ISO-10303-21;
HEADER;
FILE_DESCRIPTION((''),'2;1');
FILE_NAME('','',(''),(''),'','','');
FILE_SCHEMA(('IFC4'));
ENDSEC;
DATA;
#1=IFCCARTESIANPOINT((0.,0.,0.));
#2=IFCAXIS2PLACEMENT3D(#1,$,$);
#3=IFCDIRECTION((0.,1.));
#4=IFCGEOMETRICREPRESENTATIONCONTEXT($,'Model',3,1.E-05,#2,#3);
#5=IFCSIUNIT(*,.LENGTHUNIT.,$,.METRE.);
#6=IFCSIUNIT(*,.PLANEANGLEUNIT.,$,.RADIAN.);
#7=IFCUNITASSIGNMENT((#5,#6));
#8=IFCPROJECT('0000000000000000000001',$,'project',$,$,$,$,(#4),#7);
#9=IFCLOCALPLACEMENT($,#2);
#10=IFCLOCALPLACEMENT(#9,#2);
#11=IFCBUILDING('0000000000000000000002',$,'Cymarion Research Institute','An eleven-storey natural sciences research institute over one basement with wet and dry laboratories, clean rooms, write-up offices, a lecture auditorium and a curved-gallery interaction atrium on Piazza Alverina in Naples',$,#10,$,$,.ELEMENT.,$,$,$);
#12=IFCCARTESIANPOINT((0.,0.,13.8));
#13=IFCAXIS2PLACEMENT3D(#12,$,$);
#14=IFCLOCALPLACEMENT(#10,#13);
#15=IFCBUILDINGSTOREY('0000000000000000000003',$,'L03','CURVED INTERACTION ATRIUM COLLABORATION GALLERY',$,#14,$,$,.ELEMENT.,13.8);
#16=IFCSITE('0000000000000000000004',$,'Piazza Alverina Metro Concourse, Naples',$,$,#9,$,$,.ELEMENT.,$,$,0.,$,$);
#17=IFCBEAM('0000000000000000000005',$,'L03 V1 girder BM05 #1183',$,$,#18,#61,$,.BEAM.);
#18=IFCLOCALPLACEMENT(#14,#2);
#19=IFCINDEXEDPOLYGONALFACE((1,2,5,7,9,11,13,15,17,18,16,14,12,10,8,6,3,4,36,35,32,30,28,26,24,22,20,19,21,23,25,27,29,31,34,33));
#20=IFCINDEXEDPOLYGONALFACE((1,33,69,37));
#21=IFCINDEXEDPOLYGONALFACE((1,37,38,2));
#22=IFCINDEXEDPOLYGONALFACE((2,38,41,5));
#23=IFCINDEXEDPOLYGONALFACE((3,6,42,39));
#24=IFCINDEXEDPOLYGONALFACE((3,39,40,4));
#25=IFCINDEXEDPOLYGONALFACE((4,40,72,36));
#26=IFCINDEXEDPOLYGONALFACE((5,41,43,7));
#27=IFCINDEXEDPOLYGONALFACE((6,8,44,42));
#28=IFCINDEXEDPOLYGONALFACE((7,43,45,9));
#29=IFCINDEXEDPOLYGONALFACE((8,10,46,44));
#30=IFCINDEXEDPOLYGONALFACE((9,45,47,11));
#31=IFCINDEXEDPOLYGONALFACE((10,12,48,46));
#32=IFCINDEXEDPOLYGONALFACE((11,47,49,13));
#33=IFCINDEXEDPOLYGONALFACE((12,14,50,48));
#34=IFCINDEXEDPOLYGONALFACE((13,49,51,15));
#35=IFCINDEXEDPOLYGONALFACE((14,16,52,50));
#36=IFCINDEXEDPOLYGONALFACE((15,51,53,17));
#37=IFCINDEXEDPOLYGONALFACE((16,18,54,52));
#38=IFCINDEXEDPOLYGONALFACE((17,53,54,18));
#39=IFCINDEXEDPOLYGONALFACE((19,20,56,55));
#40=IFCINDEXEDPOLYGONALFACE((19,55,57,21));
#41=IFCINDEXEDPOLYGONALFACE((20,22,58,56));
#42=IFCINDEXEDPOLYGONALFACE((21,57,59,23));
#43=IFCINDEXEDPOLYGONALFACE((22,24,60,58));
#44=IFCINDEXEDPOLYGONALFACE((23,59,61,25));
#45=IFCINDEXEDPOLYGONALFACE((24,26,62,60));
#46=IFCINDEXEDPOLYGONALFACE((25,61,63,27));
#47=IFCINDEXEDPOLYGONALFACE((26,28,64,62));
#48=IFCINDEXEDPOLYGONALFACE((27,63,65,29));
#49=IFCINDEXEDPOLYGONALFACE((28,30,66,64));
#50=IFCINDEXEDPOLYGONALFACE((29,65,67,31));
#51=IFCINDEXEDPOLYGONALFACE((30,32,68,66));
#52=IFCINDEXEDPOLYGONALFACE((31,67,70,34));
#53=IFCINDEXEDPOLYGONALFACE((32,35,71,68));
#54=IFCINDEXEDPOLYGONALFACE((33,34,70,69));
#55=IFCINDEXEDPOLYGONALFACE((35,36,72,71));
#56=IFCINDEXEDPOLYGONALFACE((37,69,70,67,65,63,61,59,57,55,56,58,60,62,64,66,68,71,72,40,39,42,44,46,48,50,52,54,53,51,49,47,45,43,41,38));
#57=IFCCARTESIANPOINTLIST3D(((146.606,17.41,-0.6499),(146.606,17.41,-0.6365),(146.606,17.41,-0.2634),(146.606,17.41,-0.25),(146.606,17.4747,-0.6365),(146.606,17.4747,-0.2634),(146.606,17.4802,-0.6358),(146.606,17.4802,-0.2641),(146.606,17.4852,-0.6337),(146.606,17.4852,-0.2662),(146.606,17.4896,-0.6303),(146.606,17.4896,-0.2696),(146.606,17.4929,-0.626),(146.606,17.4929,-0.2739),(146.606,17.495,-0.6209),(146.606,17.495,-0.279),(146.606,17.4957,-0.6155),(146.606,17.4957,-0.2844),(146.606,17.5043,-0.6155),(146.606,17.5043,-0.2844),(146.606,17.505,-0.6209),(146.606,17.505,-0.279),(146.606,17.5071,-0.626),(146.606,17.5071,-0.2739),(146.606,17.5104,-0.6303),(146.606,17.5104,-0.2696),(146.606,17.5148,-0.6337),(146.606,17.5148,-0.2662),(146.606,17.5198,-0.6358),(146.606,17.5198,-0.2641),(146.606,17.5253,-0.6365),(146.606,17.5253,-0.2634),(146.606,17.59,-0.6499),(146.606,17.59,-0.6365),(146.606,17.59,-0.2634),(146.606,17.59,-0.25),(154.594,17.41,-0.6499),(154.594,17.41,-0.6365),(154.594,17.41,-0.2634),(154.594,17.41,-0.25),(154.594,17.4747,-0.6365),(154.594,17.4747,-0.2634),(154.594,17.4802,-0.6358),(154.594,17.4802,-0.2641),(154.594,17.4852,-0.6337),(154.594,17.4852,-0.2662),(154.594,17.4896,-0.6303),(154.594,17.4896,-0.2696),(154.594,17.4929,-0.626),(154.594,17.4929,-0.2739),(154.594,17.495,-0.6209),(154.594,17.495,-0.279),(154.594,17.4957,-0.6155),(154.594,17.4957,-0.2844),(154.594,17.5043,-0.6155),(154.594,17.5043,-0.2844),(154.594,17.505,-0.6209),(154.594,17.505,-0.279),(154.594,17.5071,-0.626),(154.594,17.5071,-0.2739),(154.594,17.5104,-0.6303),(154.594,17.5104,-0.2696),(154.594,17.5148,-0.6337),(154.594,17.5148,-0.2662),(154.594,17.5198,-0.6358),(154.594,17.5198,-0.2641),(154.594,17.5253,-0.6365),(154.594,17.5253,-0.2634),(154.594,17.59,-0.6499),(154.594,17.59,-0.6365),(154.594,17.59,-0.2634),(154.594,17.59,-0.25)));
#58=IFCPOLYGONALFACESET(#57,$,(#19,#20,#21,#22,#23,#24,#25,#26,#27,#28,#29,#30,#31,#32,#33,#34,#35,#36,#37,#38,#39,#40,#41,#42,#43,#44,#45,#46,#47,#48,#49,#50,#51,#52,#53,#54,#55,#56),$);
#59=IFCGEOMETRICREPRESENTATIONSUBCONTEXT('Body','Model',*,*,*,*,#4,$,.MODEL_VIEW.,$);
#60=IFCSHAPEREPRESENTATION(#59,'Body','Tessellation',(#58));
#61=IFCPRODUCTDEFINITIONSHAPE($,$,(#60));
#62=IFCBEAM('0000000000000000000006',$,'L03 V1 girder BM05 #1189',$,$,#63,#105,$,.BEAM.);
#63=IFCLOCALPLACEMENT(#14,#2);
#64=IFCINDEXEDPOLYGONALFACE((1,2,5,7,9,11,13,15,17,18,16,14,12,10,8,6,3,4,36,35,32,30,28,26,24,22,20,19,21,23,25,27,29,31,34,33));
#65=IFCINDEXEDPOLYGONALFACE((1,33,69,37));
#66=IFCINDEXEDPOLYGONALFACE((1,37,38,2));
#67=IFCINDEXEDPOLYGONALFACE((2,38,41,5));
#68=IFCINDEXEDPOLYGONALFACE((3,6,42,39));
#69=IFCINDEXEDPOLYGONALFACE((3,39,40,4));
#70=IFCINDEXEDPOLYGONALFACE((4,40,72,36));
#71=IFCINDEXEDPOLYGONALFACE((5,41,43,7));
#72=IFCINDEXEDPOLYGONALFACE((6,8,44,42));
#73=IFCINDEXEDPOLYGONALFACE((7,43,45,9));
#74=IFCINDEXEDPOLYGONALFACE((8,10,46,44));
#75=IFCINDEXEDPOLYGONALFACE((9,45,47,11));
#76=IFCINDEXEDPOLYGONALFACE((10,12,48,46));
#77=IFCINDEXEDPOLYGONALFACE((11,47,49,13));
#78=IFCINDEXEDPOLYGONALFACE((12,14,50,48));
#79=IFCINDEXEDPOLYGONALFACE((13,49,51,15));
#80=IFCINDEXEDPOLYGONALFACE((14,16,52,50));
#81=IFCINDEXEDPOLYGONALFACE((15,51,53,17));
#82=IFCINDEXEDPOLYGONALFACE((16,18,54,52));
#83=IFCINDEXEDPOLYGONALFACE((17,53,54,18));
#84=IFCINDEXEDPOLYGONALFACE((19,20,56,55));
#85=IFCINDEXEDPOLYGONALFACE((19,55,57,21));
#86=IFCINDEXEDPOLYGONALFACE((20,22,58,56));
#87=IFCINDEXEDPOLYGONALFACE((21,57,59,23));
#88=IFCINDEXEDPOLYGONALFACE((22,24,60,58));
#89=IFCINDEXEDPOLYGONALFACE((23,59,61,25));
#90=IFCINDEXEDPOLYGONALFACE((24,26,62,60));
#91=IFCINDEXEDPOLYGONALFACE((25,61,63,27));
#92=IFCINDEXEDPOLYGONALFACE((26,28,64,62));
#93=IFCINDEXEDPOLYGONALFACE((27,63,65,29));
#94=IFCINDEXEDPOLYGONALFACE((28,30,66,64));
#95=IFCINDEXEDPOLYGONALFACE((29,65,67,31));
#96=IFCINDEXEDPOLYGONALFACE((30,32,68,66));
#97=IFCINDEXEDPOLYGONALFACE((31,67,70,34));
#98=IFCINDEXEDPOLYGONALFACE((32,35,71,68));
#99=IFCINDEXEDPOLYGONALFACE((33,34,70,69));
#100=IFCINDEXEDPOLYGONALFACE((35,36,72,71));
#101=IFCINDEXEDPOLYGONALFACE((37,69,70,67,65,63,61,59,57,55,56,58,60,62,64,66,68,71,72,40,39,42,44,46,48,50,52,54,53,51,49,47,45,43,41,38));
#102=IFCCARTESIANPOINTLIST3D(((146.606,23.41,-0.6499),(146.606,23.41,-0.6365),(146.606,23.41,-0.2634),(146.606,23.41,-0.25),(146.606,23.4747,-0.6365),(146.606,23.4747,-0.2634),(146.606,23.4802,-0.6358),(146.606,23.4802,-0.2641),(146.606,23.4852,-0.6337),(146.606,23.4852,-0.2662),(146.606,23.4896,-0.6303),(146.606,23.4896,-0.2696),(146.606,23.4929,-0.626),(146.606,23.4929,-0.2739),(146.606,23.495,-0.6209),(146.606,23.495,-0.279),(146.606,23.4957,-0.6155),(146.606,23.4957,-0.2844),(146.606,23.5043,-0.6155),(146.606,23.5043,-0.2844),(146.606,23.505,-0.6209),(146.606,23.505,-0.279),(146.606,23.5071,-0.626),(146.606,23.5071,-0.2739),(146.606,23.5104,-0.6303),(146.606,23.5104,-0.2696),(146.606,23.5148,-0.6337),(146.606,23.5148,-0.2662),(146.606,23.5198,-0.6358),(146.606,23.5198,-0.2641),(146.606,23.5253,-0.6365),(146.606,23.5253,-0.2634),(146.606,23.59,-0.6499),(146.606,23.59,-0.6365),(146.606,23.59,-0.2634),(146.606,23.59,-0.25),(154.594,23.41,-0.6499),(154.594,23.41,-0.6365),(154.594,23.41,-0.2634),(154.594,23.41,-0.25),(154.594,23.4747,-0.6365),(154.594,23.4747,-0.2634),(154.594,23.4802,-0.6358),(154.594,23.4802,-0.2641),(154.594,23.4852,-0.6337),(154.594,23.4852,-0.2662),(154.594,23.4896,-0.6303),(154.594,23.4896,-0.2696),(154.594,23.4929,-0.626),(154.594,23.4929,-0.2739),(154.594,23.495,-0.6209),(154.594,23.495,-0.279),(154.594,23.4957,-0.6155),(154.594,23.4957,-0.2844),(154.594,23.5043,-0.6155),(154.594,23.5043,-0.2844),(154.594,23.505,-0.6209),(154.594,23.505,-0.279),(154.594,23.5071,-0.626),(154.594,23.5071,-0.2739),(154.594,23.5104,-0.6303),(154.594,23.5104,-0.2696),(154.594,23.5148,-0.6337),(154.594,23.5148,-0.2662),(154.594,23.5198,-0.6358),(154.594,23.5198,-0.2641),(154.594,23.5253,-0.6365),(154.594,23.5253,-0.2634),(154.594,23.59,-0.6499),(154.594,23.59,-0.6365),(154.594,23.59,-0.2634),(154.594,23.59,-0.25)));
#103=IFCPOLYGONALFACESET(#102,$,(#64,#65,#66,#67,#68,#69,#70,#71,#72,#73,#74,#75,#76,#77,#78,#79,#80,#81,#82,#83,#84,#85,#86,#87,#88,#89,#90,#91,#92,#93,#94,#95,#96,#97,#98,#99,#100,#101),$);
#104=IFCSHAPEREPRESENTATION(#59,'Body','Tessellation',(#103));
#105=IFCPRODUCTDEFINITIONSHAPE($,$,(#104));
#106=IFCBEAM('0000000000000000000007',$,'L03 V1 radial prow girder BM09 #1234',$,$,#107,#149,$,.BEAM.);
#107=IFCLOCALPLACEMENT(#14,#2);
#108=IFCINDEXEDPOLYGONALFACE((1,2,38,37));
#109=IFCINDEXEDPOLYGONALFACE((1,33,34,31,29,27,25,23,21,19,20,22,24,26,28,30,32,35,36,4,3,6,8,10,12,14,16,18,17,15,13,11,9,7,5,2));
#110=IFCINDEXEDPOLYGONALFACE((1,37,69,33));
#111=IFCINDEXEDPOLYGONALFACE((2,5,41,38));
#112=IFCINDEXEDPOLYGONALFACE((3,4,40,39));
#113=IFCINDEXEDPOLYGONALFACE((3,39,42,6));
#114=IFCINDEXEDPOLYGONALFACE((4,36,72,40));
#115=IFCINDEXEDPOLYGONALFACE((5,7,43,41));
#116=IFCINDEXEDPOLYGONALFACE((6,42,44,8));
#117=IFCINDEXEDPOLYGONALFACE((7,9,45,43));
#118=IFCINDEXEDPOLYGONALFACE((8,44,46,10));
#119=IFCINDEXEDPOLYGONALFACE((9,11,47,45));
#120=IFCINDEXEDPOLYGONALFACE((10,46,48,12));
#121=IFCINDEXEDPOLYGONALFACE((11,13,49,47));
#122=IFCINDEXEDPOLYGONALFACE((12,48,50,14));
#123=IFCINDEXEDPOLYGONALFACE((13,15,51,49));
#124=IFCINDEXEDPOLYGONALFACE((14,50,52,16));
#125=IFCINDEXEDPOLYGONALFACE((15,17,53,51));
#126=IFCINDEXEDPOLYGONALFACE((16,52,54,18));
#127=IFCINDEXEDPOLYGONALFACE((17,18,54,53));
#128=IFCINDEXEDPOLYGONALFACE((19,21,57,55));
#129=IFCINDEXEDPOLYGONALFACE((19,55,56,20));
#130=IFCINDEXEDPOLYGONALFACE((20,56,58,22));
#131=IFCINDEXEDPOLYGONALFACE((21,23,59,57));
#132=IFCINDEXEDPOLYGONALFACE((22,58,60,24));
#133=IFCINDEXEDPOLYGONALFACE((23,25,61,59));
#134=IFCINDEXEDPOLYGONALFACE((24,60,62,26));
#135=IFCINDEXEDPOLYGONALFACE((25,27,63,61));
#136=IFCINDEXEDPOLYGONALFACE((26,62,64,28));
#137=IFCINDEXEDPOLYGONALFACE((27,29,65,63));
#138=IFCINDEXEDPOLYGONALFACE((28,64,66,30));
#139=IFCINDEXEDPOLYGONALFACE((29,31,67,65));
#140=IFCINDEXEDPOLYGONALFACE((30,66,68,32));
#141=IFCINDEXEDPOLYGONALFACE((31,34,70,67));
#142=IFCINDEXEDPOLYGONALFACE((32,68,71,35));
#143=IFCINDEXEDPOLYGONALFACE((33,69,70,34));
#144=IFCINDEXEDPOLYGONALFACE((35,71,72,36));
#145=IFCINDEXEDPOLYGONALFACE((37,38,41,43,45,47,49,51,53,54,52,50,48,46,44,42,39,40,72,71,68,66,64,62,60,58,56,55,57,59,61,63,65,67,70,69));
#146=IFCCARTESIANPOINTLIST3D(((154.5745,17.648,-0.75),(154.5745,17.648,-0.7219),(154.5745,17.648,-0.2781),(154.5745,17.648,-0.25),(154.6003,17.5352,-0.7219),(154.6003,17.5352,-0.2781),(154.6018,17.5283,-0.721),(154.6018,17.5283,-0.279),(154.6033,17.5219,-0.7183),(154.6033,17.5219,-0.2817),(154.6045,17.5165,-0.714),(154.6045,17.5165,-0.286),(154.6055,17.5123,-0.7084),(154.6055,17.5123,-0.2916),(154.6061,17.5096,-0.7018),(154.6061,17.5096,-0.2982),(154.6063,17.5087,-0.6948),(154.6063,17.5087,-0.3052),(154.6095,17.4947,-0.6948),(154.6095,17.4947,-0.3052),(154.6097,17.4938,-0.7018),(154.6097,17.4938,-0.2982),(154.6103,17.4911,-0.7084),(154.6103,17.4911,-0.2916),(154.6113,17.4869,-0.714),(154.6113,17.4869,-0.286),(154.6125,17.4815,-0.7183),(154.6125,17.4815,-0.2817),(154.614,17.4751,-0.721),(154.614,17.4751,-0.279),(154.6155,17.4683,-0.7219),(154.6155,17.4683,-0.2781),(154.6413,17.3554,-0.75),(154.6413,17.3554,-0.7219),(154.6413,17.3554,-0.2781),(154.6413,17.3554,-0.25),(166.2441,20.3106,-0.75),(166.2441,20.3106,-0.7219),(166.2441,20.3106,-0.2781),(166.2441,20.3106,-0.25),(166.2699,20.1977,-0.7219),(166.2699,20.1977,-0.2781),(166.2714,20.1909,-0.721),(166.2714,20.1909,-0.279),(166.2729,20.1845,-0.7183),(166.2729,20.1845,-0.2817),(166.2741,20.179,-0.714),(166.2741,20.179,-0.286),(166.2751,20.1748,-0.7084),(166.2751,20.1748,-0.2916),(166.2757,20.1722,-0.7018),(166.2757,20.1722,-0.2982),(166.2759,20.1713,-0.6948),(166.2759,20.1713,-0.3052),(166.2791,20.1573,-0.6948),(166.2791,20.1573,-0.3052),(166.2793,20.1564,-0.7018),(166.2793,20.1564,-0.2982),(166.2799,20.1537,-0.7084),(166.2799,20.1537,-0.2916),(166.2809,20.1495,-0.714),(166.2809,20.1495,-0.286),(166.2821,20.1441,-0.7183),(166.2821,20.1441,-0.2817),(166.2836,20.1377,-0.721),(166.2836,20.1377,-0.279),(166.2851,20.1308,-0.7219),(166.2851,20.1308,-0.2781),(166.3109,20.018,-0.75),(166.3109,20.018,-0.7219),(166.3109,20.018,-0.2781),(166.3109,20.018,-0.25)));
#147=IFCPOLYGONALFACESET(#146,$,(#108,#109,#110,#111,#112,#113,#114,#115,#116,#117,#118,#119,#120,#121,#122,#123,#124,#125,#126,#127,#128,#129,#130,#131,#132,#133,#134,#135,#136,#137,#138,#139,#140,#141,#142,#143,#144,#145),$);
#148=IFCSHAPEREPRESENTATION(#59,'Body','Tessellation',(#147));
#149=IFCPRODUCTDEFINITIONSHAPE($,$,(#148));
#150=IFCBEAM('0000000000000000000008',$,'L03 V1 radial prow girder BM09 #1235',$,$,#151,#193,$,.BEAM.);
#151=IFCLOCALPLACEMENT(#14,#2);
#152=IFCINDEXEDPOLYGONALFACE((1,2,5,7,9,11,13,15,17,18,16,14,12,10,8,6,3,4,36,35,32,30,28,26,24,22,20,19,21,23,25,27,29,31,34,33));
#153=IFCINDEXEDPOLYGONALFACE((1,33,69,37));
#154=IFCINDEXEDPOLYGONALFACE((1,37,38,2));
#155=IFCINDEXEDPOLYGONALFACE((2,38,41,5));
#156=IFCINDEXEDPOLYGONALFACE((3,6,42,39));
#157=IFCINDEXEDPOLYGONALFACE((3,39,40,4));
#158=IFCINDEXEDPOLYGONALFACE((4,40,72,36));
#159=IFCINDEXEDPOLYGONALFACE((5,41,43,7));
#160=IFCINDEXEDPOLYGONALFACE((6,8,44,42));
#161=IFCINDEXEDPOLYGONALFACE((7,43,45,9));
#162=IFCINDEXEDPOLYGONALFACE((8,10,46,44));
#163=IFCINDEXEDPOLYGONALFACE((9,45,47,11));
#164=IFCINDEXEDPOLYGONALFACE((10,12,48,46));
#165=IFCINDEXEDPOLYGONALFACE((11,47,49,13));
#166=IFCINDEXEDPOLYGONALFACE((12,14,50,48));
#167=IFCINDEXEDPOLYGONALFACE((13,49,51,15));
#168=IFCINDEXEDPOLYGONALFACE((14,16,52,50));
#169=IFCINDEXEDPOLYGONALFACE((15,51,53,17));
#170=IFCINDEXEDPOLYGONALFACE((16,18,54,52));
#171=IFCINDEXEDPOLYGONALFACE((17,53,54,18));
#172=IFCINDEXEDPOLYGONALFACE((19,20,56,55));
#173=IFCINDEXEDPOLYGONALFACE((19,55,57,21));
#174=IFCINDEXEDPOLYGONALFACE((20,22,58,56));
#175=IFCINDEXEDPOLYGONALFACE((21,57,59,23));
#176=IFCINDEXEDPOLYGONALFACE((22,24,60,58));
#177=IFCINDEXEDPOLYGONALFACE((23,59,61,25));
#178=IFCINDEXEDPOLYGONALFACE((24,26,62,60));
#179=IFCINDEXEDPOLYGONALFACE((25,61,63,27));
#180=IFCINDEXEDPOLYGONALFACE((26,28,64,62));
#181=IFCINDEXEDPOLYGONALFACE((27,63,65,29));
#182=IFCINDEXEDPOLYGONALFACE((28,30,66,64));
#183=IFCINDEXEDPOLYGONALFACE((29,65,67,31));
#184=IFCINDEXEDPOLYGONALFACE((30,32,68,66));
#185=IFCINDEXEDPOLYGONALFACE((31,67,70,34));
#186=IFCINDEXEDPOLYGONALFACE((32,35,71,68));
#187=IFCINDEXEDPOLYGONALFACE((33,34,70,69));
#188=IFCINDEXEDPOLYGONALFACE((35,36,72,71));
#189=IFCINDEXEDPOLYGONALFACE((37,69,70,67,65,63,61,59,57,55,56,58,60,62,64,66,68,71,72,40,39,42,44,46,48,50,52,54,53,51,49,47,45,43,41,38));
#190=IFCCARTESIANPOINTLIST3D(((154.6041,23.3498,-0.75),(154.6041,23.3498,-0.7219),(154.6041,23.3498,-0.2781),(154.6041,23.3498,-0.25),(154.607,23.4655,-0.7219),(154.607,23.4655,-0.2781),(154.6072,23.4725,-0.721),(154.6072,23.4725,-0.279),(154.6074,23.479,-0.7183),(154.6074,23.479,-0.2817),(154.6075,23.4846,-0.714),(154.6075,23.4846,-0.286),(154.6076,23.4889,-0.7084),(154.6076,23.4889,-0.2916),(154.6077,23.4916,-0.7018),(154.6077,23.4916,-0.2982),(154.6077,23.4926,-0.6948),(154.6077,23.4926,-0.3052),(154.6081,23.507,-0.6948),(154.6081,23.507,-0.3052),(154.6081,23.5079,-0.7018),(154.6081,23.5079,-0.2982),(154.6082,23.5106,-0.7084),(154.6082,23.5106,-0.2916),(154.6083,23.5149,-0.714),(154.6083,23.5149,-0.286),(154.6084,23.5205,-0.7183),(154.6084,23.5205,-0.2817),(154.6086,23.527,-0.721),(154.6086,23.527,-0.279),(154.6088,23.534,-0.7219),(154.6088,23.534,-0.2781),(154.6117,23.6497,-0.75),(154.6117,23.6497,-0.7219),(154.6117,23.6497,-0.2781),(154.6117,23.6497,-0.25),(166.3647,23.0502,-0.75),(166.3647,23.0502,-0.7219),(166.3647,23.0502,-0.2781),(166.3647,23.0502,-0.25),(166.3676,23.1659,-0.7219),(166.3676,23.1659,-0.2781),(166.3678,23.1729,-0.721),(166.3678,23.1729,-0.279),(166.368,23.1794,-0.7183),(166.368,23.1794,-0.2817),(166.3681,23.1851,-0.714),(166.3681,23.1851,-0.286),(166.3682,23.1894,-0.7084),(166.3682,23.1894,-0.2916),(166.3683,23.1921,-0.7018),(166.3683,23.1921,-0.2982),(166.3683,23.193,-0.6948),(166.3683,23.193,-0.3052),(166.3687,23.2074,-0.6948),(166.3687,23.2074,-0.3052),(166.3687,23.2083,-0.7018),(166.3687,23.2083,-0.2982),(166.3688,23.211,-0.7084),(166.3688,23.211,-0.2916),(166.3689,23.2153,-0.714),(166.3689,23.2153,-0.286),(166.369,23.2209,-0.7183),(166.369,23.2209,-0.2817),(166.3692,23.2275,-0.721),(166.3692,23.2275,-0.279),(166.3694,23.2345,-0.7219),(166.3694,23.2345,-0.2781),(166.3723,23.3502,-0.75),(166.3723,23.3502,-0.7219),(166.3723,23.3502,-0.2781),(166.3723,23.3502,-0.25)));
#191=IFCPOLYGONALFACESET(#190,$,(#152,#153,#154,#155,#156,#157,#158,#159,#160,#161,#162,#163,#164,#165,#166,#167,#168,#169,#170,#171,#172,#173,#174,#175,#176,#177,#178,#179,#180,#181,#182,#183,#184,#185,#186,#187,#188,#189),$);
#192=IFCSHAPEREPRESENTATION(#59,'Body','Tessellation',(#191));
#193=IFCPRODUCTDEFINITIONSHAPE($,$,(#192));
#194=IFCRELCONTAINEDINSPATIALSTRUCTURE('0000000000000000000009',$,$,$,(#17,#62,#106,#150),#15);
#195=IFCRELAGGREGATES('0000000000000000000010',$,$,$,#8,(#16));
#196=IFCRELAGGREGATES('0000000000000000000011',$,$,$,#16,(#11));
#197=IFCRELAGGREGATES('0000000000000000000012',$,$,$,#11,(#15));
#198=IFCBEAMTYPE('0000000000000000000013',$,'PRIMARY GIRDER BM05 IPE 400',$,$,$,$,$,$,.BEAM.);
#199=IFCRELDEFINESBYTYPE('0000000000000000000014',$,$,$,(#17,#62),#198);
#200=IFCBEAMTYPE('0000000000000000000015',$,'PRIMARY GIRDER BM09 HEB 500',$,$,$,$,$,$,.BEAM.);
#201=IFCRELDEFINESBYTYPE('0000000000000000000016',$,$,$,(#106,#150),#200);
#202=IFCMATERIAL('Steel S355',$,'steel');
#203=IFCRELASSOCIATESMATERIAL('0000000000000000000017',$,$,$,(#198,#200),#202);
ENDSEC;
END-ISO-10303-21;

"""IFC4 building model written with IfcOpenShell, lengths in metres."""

from ifc_helpers import new_model, si_unit, direction, frame, origin, origin_2d, place, context, subcontext, project, spatial, i_section, extrude, material, material_profile, profile_set, type_object, element, save


model = new_model("IFC4")

# Units and contexts
model_context = context("Model", 3, precision=1e-05, world=origin(), true_north=direction((0.0, 1.0)))
body_context = subcontext(model_context, "Body", "Model", "MODEL_VIEW")
ifc_project = project(units=[si_unit("LENGTHUNIT", "METRE"), si_unit("PLANEANGLEUNIT", "RADIAN")], contexts=[model_context])

# Site, building, storey
site_placement = place(None, origin())
site = spatial("IfcSite", under=ifc_project, at=site_placement, Name="Piazza Alverina Metro Concourse, Naples", CompositionType="ELEMENT", RefElevation=0.0)
building_placement = place(site_placement, origin())
building = spatial("IfcBuilding", under=site, at=building_placement, Name="Cymarion Research Institute", Description="An eleven-storey natural sciences research institute over one basement with wet and dry laboratories, clean rooms, write-up offices, a lecture auditorium and a curved-gallery interaction atrium on Piazza Alverina in Naples", CompositionType="ELEMENT")
storey_placement = place(building_placement, frame((0.0, 0.0, 13.8)))
storey = spatial("IfcBuildingStorey", under=building, at=storey_placement, Name="L03", Description="CURVED INTERACTION ATRIUM COLLABORATION GALLERY", CompositionType="ELEMENT", Elevation=13.8)

# Shared definitions
ifc_material_1 = material(Name="Steel S355", Category="steel")

# Beams
ifc_material_profile_1 = material_profile(ifc_material_1, i_section(OverallWidth=0.1799, OverallDepth=0.3999, WebThickness=0.0085, FlangeThickness=0.0134, FilletRadius=0.021, at=origin_2d()), Name="IPE 400")
ifc_profile_set_1 = profile_set([ifc_material_profile_1], Name="Steel S355")
beam_type_1 = type_object("IfcBeamType", Name="PRIMARY GIRDER BM05 IPE 400", PredefinedType="BEAM", material=ifc_profile_set_1)
for number, where, z_axis, x_axis, name in (
    (1, (146.606, 17.5, -0.45), (1.0, 0.0, 0.0), (0.0, 1.0, 0.0), "L03 V1 girder BM05 #1183"),
    (2, (146.606, 23.5, -0.45), (1.0, 0.0, 0.0), (0.0, 1.0, 0.0), "L03 V1 girder BM05 #1189"),
):
    element("IfcBeam", number, at=place(storey_placement, frame(where, z_axis=z_axis, x_axis=x_axis)), inside=storey, type_object=beam_type_1, Name=name, PredefinedType="BEAM", context=body_context, shape_type="SweptSolid", body=[
        extrude(i_section(OverallWidth=0.1799, OverallDepth=0.3999, WebThickness=0.0085, FlangeThickness=0.0134, FilletRadius=0.021, at=origin_2d()), origin(), (0.0, 0.0, 1.0), 7.988),
    ])
ifc_material_profile_2 = material_profile(ifc_material_1, i_section(OverallWidth=0.3, OverallDepth=0.5, WebThickness=0.0144, FlangeThickness=0.0281, FilletRadius=0.0271, at=origin_2d()), Name="HEB 500")
ifc_profile_set_2 = profile_set([ifc_material_profile_2], Name="Steel S355")
beam_type_2 = type_object("IfcBeamType", Name="PRIMARY GIRDER BM09 HEB 500", PredefinedType="BEAM", material=ifc_profile_set_2)
beam_1_placement = place(storey_placement, frame((154.6079, 17.5017, -0.5), z_axis=(0.974945, 0.222447, 0.0), x_axis=(-0.222447, 0.974945, 0.0)))
element("IfcBeam", 3, at=beam_1_placement, inside=storey, type_object=beam_type_2, Name="L03 V1 radial prow girder BM09 #1234", PredefinedType="BEAM", context=body_context, shape_type="SweptSolid", body=[
    extrude(i_section(OverallWidth=0.3, OverallDepth=0.5, WebThickness=0.0144, FlangeThickness=0.0281, FilletRadius=0.0271, at=origin_2d()), origin(), (0.0, 0.0, 1.0), 11.9695),
])
beam_2_placement = place(storey_placement, frame((154.6079, 23.4998, -0.5), z_axis=(0.999676, -0.025463, 0.0), x_axis=(0.025463, 0.999676, 0.0)))
element("IfcBeam", 4, at=beam_2_placement, inside=storey, type_object=beam_type_2, Name="L03 V1 radial prow girder BM09 #1235", PredefinedType="BEAM", context=body_context, shape_type="SweptSolid", body=[
    extrude(i_section(OverallWidth=0.3, OverallDepth=0.5, WebThickness=0.0144, FlangeThickness=0.0281, FilletRadius=0.0271, at=origin_2d()), origin(), (0.0, 0.0, 1.0), 11.7644),
])

save(model, "model.ifc")
